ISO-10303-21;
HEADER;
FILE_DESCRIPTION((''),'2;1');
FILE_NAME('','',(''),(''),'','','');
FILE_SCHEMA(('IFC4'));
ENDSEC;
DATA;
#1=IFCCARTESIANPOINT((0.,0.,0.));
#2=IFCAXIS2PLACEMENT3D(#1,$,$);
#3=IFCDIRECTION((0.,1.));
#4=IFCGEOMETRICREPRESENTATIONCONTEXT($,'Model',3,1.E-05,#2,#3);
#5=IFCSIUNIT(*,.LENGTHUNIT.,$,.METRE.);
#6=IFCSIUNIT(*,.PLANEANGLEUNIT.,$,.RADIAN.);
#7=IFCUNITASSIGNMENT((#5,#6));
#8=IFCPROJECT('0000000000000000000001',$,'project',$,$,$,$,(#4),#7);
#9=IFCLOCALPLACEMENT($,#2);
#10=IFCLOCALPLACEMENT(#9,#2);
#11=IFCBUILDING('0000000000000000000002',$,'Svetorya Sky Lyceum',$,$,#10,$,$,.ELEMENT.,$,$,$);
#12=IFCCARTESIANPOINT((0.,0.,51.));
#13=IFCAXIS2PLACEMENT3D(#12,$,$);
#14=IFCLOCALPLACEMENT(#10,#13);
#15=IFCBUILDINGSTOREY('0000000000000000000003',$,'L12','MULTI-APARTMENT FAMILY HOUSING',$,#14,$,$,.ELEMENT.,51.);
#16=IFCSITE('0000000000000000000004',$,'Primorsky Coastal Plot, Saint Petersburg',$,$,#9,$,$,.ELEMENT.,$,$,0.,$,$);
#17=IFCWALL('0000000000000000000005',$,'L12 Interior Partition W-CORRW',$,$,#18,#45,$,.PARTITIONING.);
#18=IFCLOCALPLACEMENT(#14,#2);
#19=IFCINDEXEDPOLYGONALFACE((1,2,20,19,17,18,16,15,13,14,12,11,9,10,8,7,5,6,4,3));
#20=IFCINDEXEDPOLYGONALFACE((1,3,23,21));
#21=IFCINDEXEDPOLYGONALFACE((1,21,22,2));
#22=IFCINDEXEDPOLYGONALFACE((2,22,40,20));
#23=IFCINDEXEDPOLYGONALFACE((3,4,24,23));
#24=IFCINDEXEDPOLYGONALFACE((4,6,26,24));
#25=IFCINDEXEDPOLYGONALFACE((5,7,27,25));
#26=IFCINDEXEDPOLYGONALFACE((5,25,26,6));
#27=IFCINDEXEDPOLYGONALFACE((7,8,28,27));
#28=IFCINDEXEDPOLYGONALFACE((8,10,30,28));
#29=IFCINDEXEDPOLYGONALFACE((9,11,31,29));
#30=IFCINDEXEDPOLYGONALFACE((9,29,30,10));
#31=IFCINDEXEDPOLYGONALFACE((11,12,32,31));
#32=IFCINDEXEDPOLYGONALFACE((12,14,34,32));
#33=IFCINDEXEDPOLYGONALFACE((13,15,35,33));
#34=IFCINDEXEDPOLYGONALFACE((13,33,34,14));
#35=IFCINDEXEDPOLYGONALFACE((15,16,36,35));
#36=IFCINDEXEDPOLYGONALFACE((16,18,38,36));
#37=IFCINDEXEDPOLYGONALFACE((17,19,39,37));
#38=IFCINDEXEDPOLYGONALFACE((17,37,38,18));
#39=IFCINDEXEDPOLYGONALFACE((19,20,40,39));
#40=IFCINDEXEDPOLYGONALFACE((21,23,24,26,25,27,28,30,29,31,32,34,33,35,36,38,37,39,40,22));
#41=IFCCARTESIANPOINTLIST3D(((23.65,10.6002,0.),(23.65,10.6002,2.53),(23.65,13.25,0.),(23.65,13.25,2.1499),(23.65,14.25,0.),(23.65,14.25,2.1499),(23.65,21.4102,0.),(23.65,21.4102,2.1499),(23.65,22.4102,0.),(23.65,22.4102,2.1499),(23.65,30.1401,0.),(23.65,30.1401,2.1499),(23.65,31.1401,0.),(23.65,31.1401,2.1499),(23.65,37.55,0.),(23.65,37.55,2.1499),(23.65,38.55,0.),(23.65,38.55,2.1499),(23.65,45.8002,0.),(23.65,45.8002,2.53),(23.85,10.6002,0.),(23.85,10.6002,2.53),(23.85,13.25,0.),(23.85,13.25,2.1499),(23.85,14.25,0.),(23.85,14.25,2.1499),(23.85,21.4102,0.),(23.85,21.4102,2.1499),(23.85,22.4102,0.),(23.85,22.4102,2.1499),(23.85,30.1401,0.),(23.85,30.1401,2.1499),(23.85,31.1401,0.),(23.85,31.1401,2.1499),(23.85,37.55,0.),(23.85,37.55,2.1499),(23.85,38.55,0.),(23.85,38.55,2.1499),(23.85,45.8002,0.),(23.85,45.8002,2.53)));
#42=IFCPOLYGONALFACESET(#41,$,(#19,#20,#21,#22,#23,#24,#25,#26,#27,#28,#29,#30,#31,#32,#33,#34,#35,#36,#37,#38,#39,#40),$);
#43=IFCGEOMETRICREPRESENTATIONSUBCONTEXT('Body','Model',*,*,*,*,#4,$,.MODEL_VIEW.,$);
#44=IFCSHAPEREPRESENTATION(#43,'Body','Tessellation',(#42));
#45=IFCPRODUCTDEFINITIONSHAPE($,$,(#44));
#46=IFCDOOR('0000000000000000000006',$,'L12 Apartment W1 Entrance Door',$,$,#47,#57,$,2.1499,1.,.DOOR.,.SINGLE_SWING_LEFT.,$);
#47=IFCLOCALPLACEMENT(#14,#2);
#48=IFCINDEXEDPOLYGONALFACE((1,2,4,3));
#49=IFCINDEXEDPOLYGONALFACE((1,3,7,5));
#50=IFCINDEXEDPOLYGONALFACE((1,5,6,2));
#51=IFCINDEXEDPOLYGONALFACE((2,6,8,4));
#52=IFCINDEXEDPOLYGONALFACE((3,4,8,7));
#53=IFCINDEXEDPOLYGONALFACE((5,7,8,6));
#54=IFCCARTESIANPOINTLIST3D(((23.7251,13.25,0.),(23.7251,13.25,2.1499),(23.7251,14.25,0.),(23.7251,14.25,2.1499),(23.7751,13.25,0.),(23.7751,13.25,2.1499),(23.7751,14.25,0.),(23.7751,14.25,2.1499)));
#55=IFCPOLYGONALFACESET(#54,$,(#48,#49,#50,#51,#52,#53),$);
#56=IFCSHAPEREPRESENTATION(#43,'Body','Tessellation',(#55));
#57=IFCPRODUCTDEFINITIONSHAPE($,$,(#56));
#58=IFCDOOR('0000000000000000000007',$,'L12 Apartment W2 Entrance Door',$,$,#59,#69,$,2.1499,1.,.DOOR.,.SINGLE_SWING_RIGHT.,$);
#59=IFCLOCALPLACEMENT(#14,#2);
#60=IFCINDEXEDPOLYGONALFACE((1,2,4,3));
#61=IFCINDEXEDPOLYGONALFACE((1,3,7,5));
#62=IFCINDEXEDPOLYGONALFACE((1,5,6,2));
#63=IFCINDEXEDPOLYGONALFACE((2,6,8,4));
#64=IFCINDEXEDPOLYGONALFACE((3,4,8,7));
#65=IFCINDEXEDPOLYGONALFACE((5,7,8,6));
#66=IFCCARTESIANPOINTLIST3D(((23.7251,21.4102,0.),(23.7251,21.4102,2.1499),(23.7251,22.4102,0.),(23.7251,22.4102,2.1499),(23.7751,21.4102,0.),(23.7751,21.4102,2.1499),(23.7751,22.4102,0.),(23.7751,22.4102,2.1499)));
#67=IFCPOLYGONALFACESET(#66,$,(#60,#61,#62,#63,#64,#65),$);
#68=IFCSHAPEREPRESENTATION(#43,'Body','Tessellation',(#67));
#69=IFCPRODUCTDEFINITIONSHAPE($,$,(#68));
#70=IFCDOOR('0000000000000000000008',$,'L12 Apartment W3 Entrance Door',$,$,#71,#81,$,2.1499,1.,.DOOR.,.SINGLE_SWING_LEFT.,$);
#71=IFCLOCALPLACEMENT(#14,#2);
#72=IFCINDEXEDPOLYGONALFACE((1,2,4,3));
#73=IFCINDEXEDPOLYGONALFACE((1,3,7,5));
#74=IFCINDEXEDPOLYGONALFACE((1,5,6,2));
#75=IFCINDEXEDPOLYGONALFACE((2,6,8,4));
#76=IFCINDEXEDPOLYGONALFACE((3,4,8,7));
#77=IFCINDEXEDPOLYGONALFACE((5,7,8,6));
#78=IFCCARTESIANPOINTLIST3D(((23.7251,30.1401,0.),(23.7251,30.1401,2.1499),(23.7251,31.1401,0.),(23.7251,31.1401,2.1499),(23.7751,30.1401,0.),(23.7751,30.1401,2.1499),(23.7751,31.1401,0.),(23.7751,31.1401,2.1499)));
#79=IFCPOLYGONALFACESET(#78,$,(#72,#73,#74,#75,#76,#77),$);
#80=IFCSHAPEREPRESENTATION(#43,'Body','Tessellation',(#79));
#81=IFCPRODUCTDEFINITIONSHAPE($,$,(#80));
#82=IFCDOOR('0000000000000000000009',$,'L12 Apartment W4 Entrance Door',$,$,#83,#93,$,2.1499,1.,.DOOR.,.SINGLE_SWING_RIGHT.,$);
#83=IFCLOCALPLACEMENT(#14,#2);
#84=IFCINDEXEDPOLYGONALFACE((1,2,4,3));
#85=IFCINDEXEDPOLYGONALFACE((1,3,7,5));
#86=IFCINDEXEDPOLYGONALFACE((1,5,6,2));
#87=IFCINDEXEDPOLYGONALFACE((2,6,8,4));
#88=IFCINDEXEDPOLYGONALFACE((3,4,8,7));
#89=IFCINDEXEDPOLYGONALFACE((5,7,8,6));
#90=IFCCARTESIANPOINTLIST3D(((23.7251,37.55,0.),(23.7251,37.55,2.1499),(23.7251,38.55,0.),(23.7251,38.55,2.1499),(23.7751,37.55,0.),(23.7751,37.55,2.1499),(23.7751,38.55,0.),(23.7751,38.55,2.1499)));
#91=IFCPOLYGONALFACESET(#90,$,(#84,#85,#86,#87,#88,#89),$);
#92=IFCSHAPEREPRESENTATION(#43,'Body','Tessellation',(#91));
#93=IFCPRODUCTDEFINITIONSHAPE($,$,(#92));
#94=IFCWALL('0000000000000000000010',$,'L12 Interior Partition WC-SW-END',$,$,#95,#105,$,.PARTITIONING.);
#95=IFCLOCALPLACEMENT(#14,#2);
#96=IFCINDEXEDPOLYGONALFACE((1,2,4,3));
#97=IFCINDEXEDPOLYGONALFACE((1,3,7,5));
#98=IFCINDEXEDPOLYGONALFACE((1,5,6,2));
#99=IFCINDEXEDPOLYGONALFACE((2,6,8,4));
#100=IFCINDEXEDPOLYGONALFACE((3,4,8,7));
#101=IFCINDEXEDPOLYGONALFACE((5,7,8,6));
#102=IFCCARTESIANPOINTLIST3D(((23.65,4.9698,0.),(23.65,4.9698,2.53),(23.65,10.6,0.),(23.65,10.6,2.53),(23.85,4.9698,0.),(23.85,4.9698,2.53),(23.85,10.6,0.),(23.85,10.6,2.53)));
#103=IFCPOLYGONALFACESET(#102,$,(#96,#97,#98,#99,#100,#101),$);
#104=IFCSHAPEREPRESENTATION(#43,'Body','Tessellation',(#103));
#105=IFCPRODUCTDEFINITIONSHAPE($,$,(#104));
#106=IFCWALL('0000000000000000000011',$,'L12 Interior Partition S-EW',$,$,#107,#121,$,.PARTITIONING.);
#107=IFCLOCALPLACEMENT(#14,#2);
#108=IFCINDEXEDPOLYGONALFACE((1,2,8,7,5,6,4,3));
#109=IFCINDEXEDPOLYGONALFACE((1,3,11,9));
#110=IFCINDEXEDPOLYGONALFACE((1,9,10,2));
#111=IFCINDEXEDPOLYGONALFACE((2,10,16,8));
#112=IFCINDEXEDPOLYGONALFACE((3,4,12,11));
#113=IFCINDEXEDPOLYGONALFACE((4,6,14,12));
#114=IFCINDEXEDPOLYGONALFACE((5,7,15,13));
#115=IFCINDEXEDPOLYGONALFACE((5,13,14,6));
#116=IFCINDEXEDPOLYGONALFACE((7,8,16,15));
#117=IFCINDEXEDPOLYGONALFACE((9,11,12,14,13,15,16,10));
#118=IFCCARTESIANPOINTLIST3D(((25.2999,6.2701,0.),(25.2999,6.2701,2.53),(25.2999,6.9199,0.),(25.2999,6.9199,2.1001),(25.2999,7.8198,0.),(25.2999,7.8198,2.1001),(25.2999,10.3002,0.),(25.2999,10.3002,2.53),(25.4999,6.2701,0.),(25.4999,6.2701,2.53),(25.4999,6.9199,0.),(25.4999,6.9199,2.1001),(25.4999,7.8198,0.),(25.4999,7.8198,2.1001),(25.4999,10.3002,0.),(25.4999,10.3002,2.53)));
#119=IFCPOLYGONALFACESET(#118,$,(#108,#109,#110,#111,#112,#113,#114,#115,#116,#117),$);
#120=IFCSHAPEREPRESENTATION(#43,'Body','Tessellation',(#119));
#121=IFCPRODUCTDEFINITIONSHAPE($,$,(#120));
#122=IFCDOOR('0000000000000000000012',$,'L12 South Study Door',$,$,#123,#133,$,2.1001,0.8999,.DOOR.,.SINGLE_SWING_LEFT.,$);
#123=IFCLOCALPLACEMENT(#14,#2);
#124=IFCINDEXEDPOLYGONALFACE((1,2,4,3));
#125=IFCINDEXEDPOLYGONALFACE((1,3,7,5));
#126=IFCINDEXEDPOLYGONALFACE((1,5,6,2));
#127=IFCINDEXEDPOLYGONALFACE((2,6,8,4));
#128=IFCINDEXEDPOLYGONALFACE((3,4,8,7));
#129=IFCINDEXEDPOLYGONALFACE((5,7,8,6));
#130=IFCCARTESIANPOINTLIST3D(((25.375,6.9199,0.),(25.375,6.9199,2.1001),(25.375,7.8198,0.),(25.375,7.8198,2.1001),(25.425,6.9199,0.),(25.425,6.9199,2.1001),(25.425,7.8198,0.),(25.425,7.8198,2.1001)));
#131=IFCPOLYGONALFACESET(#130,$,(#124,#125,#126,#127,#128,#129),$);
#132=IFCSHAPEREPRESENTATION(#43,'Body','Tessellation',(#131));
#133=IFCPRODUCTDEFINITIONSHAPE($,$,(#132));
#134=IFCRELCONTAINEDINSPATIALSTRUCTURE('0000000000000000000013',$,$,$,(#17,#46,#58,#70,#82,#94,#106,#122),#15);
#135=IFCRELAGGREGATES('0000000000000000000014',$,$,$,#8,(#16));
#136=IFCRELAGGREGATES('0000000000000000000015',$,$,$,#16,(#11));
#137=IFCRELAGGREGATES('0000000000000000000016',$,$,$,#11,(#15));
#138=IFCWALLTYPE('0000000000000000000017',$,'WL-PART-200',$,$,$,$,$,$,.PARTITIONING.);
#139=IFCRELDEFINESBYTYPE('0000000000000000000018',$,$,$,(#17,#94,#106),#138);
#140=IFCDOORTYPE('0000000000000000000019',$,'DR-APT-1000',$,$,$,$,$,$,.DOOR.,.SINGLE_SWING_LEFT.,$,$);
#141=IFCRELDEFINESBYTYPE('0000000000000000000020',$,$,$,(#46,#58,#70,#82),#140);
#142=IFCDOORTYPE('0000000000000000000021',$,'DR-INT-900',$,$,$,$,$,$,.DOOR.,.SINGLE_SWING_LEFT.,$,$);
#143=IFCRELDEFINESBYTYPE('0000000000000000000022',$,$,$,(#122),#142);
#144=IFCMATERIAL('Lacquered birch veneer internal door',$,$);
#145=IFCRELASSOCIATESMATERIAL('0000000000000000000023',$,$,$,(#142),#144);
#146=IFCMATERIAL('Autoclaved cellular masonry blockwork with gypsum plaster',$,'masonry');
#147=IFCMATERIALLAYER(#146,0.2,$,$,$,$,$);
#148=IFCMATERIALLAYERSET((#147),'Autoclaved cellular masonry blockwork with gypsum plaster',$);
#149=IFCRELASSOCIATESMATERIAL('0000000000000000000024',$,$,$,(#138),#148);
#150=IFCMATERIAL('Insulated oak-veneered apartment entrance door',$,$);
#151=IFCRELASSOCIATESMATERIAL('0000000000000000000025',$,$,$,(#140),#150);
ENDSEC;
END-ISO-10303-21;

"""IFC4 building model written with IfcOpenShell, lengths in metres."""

from ifc_helpers import new_model, si_unit, direction, frame, frame_2d, origin, place, context, subcontext, project, spatial, rectangle, extrude, material, layer, layer_set, type_object, element, fill, save


model = new_model("IFC4")

# Units and contexts
model_context = context("Model", 3, precision=1e-05, world=origin(), true_north=direction((0.0, 1.0)))
body_context = subcontext(model_context, "Body", "Model", "MODEL_VIEW")
ifc_project = project(units=[si_unit("LENGTHUNIT", "METRE"), si_unit("PLANEANGLEUNIT", "RADIAN")], contexts=[model_context])

# Site, building, storey
site_placement = place(None, origin())
site = spatial("IfcSite", under=ifc_project, at=site_placement, Name="Primorsky Coastal Plot, Saint Petersburg", CompositionType="ELEMENT", RefElevation=0.0)
building_placement = place(site_placement, origin())
building = spatial("IfcBuilding", under=site, at=building_placement, Name="Svetorya Sky Lyceum", CompositionType="ELEMENT")
storey_placement = place(building_placement, frame((0.0, 0.0, 51.0)))
storey = spatial("IfcBuildingStorey", under=building, at=storey_placement, Name="L12", Description="MULTI-APARTMENT FAMILY HOUSING", CompositionType="ELEMENT", Elevation=51.0)

# Shared definitions
ifc_material_1 = material(Name="Lacquered birch veneer internal door")
door_type_1 = type_object("IfcDoorType", Name="DR-INT-900", OperationType="SINGLE_SWING_LEFT", PredefinedType="DOOR", material=ifc_material_1)

# Wall, openings, doors
ifc_material_2 = material(Name="Autoclaved cellular masonry blockwork with gypsum plaster", Category="masonry")
ifc_layer_1 = layer(ifc_material_2, 0.2)
ifc_layer_set_1 = layer_set([ifc_layer_1], Name="Autoclaved cellular masonry blockwork with gypsum plaster")
wall_type_1 = type_object("IfcWallType", Name="WL-PART-200", PredefinedType="PARTITIONING", material=ifc_layer_set_1)
wall_1_placement = place(storey_placement, frame((23.75, 10.6001, 0.0), z_axis=(0.0, 0.0, 1.0), x_axis=(0.0, 1.0, 0.0)))
wall_1 = element("IfcWall", 1, at=wall_1_placement, inside=storey, type_object=wall_type_1, Name="L12 Interior Partition W-CORRW", PredefinedType="PARTITIONING", context=body_context, shape_type="SweptSolid", body=[
    extrude(rectangle(XDim=35.2, YDim=0.2, at=frame_2d((17.6001, 0.0))), origin(), (0.0, 0.0, 1.0), 2.53),
])
opening_1_placement = place(wall_1_placement, frame((2.6499, 0.0, 0.0)))
opening_1 = element("IfcOpeningElement", 2, at=opening_1_placement, cuts=wall_1, PredefinedType="OPENING", context=body_context, shape_type="SweptSolid", body=[
    extrude(rectangle(XDim=1.0, YDim=2.1499, at=frame_2d((0.5, 1.075))), frame((0.0, 0.1099, 0.0), z_axis=(0.0, -1.0, 0.0), x_axis=(1.0, 0.0, 0.0)), (0.0, 0.0, 1.0), 0.22),
])
opening_2_placement = place(wall_1_placement, frame((10.8101, 0.0, 0.0)))
opening_2 = element("IfcOpeningElement", 3, at=opening_2_placement, cuts=wall_1, PredefinedType="OPENING", context=body_context, shape_type="SweptSolid", body=[
    extrude(rectangle(XDim=1.0, YDim=2.1499, at=frame_2d((0.5, 1.075))), frame((0.0, 0.1099, 0.0), z_axis=(0.0, -1.0, 0.0), x_axis=(1.0, 0.0, 0.0)), (0.0, 0.0, 1.0), 0.22),
])
opening_3_placement = place(wall_1_placement, frame((19.54, 0.0, 0.0)))
opening_3 = element("IfcOpeningElement", 4, at=opening_3_placement, cuts=wall_1, PredefinedType="OPENING", context=body_context, shape_type="SweptSolid", body=[
    extrude(rectangle(XDim=1.0, YDim=2.1499, at=frame_2d((0.5, 1.075))), frame((0.0, 0.1099, 0.0), z_axis=(0.0, -1.0, 0.0), x_axis=(1.0, 0.0, 0.0)), (0.0, 0.0, 1.0), 0.22),
])
opening_4_placement = place(wall_1_placement, frame((26.95, 0.0, 0.0)))
opening_4 = element("IfcOpeningElement", 5, at=opening_4_placement, cuts=wall_1, PredefinedType="OPENING", context=body_context, shape_type="SweptSolid", body=[
    extrude(rectangle(XDim=1.0, YDim=2.1499, at=frame_2d((0.5, 1.075))), frame((0.0, 0.1099, 0.0), z_axis=(0.0, -1.0, 0.0), x_axis=(1.0, 0.0, 0.0)), (0.0, 0.0, 1.0), 0.22),
])
ifc_material_3 = material(Name="Insulated oak-veneered apartment entrance door")
door_type_2 = type_object("IfcDoorType", Name="DR-APT-1000", OperationType="SINGLE_SWING_LEFT", PredefinedType="DOOR", material=ifc_material_3)
door_1_placement = place(opening_1_placement, origin())
door_1 = element("IfcDoor", 6, at=door_1_placement, inside=storey, type_object=door_type_2, Name="L12 Apartment W1 Entrance Door", OperationType="SINGLE_SWING_LEFT", OverallHeight=2.1499, OverallWidth=1.0, PredefinedType="DOOR", context=body_context, shape_type="SweptSolid", body=[
    extrude(rectangle(XDim=1.0, YDim=2.1499, at=frame_2d((0.5, 1.075))), frame((0.0, 0.0249, 0.0), z_axis=(0.0, -1.0, 0.0), x_axis=(1.0, 0.0, 0.0)), (0.0, 0.0, 1.0), 0.05),
])
fill(opening_1, door_1)
door_2_placement = place(opening_2_placement, origin())
door_2 = element("IfcDoor", 7, at=door_2_placement, inside=storey, type_object=door_type_2, Name="L12 Apartment W2 Entrance Door", OperationType="SINGLE_SWING_RIGHT", OverallHeight=2.1499, OverallWidth=1.0, PredefinedType="DOOR", context=body_context, shape_type="SweptSolid", body=[
    extrude(rectangle(XDim=1.0, YDim=2.1499, at=frame_2d((0.5, 1.075))), frame((0.0, 0.0249, 0.0), z_axis=(0.0, -1.0, 0.0), x_axis=(1.0, 0.0, 0.0)), (0.0, 0.0, 1.0), 0.05),
])
fill(opening_2, door_2)
door_3_placement = place(opening_3_placement, origin())
door_3 = element("IfcDoor", 8, at=door_3_placement, inside=storey, type_object=door_type_2, Name="L12 Apartment W3 Entrance Door", OperationType="SINGLE_SWING_LEFT", OverallHeight=2.1499, OverallWidth=1.0, PredefinedType="DOOR", context=body_context, shape_type="SweptSolid", body=[
    extrude(rectangle(XDim=1.0, YDim=2.1499, at=frame_2d((0.5, 1.075))), frame((0.0, 0.0249, 0.0), z_axis=(0.0, -1.0, 0.0), x_axis=(1.0, 0.0, 0.0)), (0.0, 0.0, 1.0), 0.05),
])
fill(opening_3, door_3)
door_4_placement = place(opening_4_placement, origin())
door_4 = element("IfcDoor", 9, at=door_4_placement, inside=storey, type_object=door_type_2, Name="L12 Apartment W4 Entrance Door", OperationType="SINGLE_SWING_RIGHT", OverallHeight=2.1499, OverallWidth=1.0, PredefinedType="DOOR", context=body_context, shape_type="SweptSolid", body=[
    extrude(rectangle(XDim=1.0, YDim=2.1499, at=frame_2d((0.5, 1.075))), frame((0.0, 0.0249, 0.0), z_axis=(0.0, -1.0, 0.0), x_axis=(1.0, 0.0, 0.0)), (0.0, 0.0, 1.0), 0.05),
])
fill(opening_4, door_4)

# Wall
wall_2_placement = place(storey_placement, frame((23.75, 4.97, 0.0), z_axis=(0.0, 0.0, 1.0), x_axis=(0.0, 1.0, 0.0)))
element("IfcWall", 10, at=wall_2_placement, inside=storey, type_object=wall_type_1, Name="L12 Interior Partition WC-SW-END", PredefinedType="PARTITIONING", context=body_context, shape_type="SweptSolid", body=[
    extrude(rectangle(XDim=5.6301, YDim=0.2, at=frame_2d((2.8149, 0.0))), origin(), (0.0, 0.0, 1.0), 2.53),
])

# Wall, opening, door
wall_3_placement = place(storey_placement, frame((25.3999, 6.27, 0.0), z_axis=(0.0, 0.0, 1.0), x_axis=(0.0, 1.0, 0.0)))
wall_3 = element("IfcWall", 11, at=wall_3_placement, inside=storey, type_object=wall_type_1, Name="L12 Interior Partition S-EW", PredefinedType="PARTITIONING", context=body_context, shape_type="SweptSolid", body=[
    extrude(rectangle(XDim=4.03, YDim=0.2, at=frame_2d((2.0151, 0.0))), origin(), (0.0, 0.0, 1.0), 2.53),
])
opening_5_placement = place(wall_3_placement, frame((0.6499, 0.0, 0.0)))
opening_5 = element("IfcOpeningElement", 12, at=opening_5_placement, cuts=wall_3, PredefinedType="OPENING", context=body_context, shape_type="SweptSolid", body=[
    extrude(rectangle(XDim=0.8999, YDim=2.1001, at=frame_2d((0.45, 1.05))), frame((0.0, 0.1099, 0.0), z_axis=(0.0, -1.0, 0.0), x_axis=(1.0, 0.0, 0.0)), (0.0, 0.0, 1.0), 0.22),
])
door_5_placement = place(opening_5_placement, origin())
door_5 = element("IfcDoor", 13, at=door_5_placement, inside=storey, type_object=door_type_1, Name="L12 South Study Door", OperationType="SINGLE_SWING_LEFT", OverallHeight=2.1001, OverallWidth=0.8999, PredefinedType="DOOR", context=body_context, shape_type="SweptSolid", body=[
    extrude(rectangle(XDim=0.8999, YDim=2.1001, at=frame_2d((0.45, 1.05))), frame((0.0, 0.0249, 0.0), z_axis=(0.0, -1.0, 0.0), x_axis=(1.0, 0.0, 0.0)), (0.0, 0.0, 1.0), 0.05),
])
fill(opening_5, door_5)

save(model, "model.ifc")
